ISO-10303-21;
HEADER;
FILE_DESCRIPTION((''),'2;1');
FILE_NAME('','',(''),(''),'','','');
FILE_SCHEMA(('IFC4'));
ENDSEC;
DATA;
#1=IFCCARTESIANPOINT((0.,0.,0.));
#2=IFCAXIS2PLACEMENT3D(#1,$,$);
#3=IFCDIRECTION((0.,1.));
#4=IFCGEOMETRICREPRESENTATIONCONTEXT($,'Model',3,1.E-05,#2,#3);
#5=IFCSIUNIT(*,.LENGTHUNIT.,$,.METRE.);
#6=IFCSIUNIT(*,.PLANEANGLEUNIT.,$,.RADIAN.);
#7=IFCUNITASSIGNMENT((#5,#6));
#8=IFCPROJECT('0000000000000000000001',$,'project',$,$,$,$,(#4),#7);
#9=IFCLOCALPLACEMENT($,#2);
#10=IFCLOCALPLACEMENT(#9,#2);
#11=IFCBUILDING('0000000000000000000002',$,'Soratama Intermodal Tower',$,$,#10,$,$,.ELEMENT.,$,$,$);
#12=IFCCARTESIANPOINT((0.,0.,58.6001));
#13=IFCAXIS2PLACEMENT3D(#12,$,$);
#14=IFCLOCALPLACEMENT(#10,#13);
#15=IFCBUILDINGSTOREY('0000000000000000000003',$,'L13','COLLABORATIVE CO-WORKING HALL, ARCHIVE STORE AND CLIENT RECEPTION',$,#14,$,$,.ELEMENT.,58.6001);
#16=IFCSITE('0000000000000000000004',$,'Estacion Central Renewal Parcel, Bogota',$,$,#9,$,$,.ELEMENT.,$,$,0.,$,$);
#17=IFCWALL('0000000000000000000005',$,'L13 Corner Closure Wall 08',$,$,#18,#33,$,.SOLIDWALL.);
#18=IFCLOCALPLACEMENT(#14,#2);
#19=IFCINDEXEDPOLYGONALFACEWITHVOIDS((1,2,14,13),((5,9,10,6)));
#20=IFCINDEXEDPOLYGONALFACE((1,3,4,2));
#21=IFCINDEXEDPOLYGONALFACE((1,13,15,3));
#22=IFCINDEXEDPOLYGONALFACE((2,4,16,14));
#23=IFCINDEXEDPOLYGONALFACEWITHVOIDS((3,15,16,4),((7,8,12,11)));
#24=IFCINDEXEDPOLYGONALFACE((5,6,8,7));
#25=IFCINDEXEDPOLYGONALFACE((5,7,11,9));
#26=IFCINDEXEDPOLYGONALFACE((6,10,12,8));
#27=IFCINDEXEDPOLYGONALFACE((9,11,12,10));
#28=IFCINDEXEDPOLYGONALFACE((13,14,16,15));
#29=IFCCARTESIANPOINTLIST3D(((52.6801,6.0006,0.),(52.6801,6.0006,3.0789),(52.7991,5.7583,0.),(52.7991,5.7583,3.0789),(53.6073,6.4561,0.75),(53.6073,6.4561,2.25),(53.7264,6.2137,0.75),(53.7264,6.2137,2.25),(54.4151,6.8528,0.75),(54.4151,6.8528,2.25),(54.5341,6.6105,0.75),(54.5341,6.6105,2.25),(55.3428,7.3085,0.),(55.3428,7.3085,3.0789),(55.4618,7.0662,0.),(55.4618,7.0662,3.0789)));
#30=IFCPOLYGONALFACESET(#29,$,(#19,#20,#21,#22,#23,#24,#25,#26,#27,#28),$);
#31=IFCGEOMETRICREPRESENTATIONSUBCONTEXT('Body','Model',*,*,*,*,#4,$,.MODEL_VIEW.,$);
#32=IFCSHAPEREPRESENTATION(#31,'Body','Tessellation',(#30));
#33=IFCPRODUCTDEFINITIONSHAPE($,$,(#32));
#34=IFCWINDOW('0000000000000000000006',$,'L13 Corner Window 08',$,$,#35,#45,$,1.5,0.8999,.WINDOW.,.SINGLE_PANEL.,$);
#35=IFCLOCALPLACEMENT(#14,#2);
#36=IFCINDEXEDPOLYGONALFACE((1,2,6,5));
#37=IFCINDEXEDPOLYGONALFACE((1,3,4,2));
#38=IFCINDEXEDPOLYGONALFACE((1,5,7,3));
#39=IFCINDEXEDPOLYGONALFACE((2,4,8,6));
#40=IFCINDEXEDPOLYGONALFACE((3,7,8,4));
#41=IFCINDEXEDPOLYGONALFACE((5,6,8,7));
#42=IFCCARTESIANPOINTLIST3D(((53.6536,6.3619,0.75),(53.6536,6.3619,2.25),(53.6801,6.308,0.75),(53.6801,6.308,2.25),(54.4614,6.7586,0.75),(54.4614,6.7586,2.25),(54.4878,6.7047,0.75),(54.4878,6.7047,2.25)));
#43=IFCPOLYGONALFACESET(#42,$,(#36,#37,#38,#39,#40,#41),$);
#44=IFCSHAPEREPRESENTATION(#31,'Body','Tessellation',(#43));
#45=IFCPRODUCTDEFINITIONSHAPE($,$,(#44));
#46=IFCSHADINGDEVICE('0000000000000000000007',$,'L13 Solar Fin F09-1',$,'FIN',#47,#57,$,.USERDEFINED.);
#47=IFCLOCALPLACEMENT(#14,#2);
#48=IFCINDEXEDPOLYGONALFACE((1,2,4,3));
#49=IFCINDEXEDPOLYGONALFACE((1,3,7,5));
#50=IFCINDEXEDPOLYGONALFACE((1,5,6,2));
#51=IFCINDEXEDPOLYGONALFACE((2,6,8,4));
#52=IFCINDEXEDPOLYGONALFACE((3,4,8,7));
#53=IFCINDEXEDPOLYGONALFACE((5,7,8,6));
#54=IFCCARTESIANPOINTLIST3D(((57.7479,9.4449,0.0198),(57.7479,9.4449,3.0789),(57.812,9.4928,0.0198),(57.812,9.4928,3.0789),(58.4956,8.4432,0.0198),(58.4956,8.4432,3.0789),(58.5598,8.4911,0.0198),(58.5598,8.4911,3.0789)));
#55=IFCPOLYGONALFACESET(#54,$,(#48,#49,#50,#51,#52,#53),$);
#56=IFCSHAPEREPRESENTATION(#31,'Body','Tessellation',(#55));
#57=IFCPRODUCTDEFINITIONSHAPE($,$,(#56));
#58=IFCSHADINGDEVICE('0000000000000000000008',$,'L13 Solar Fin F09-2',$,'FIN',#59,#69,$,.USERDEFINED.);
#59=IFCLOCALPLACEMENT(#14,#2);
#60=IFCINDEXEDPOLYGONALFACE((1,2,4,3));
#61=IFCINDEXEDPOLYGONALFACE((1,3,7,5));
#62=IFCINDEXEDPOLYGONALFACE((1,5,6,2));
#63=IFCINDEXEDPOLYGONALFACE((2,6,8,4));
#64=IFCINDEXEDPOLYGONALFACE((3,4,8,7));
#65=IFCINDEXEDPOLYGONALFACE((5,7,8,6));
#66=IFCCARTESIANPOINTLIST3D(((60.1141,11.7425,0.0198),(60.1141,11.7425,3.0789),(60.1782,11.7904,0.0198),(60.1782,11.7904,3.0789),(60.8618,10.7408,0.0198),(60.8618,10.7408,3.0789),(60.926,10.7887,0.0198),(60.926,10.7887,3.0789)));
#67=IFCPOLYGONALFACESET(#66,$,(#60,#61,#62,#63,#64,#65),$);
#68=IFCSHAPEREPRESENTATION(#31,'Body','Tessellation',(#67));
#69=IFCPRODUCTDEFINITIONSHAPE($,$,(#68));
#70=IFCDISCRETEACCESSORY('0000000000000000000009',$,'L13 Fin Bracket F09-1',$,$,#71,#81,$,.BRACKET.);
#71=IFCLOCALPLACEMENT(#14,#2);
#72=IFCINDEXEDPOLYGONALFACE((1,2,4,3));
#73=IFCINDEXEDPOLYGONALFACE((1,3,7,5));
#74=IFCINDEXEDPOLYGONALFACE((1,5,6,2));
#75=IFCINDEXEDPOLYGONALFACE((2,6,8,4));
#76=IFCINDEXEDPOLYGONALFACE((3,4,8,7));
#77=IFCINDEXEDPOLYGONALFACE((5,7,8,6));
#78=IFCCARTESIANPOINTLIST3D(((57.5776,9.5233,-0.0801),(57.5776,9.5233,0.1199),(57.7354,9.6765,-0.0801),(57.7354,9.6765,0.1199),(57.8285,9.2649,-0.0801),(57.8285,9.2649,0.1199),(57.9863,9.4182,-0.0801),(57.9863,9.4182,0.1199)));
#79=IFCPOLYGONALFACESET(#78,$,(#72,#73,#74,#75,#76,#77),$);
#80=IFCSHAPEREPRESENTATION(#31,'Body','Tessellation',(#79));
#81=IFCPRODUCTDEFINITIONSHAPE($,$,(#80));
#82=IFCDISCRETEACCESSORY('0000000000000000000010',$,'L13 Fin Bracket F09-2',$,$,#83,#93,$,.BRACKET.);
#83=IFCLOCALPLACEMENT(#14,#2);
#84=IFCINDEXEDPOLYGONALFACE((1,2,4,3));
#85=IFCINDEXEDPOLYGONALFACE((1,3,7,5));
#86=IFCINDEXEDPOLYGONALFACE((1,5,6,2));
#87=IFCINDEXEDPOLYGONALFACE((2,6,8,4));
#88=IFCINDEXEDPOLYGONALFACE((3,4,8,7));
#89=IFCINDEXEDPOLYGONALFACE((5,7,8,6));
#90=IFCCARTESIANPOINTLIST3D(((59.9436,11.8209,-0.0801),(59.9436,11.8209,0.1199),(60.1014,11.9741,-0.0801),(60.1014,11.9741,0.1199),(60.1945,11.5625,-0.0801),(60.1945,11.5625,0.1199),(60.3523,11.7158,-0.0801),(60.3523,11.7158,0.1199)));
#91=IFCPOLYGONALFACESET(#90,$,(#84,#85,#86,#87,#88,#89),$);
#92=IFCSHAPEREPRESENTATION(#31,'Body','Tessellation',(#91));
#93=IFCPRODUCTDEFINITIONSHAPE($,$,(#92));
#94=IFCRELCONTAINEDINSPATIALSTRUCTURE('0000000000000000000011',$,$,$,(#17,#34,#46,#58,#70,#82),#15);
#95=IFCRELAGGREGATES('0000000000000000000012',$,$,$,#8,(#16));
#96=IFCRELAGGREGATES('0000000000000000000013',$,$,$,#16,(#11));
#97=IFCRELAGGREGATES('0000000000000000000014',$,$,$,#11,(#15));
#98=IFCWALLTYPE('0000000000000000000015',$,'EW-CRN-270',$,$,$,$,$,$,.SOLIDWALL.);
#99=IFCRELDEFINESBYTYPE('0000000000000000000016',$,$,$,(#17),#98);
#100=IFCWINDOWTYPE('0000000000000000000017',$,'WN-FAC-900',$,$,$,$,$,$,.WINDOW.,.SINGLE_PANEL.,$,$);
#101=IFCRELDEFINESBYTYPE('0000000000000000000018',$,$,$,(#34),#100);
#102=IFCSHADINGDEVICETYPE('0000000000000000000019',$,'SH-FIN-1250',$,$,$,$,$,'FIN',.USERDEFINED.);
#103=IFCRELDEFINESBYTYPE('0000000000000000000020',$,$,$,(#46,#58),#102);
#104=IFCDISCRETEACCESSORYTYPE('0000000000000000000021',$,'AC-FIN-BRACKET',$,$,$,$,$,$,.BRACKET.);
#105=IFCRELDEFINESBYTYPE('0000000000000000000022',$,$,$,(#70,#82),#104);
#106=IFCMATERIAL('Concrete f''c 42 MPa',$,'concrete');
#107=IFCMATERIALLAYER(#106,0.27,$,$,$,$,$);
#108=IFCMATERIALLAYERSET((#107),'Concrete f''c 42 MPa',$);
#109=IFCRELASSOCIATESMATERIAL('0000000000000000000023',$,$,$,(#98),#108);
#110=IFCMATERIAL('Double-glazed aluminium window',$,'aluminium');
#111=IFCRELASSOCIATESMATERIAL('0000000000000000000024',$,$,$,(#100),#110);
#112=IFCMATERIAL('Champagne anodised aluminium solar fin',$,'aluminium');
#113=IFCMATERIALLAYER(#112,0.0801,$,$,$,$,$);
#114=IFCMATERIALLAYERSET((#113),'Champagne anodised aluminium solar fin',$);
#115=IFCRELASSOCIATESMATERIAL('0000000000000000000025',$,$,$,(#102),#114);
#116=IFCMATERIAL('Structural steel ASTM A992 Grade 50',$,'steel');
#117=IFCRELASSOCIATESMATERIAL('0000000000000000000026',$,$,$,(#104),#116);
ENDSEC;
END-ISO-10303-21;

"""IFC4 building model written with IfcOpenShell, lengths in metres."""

from ifc_helpers import new_model, si_unit, direction, frame, frame_2d, origin, origin_2d, place, context, subcontext, project, spatial, rectangle, extrude, material, layer, layer_set, type_object, element, fill, save


model = new_model("IFC4")

# Units and contexts
model_context = context("Model", 3, precision=1e-05, world=origin(), true_north=direction((0.0, 1.0)))
body_context = subcontext(model_context, "Body", "Model", "MODEL_VIEW")
ifc_project = project(units=[si_unit("LENGTHUNIT", "METRE"), si_unit("PLANEANGLEUNIT", "RADIAN")], contexts=[model_context])

# Site, building, storey
site_placement = place(None, origin())
site = spatial("IfcSite", under=ifc_project, at=site_placement, Name="Estacion Central Renewal Parcel, Bogota", CompositionType="ELEMENT", RefElevation=0.0)
building_placement = place(site_placement, origin())
building = spatial("IfcBuilding", under=site, at=building_placement, Name="Soratama Intermodal Tower", CompositionType="ELEMENT")
storey_placement = place(building_placement, frame((0.0, 0.0, 58.6001)))
storey = spatial("IfcBuildingStorey", under=building, at=storey_placement, Name="L13", Description="COLLABORATIVE CO-WORKING HALL, ARCHIVE STORE AND CLIENT RECEPTION", CompositionType="ELEMENT", Elevation=58.6001)

# Wall, opening, window
ifc_material_1 = material(Name="Concrete f'c 42 MPa", Category="concrete")
ifc_layer_1 = layer(ifc_material_1, 0.27)
ifc_layer_set_1 = layer_set([ifc_layer_1], Name="Concrete f'c 42 MPa")
wall_type = type_object("IfcWallType", Name="EW-CRN-270", PredefinedType="SOLIDWALL", material=ifc_layer_set_1)
wall_placement = place(storey_placement, frame((52.7395, 5.8794, 0.0), z_axis=(0.0, 0.0, 1.0), x_axis=(0.897565, 0.440882, 0.0)))
wall = element("IfcWall", 1, at=wall_placement, inside=storey, type_object=wall_type, Name="L13 Corner Closure Wall 08", PredefinedType="SOLIDWALL", context=body_context, shape_type="SweptSolid", body=[
    extrude(rectangle(XDim=2.9666, YDim=0.27, at=frame_2d((1.4834, 0.0))), origin(), (0.0, 0.0, 1.0), 3.0789),
])
opening_placement = place(wall_placement, frame((1.0332, 0.0, 0.75)))
opening = element("IfcOpeningElement", 2, at=opening_placement, cuts=wall, PredefinedType="OPENING", context=body_context, shape_type="SweptSolid", body=[
    extrude(rectangle(XDim=0.8999, YDim=1.5, at=frame_2d((0.45, 0.75))), frame((0.0, 0.145, 0.0), z_axis=(0.0, -1.0, 0.0), x_axis=(1.0, 0.0, 0.0)), (0.0, 0.0, 1.0), 0.29),
])
ifc_material_2 = material(Name="Double-glazed aluminium window", Category="aluminium")
window_type = type_object("IfcWindowType", Name="WN-FAC-900", PartitioningType="SINGLE_PANEL", PredefinedType="WINDOW", material=ifc_material_2)
window_placement = place(opening_placement, origin())
window = element("IfcWindow", 3, at=window_placement, inside=storey, type_object=window_type, Name="L13 Corner Window 08", OverallHeight=1.5, OverallWidth=0.8999, PartitioningType="SINGLE_PANEL", PredefinedType="WINDOW", context=body_context, shape_type="SweptSolid", body=[
    extrude(rectangle(XDim=0.8999, YDim=1.5, at=frame_2d((0.45, 0.75))), frame((0.0, 0.03, 0.0), z_axis=(0.0, -1.0, 0.0), x_axis=(1.0, 0.0, 0.0)), (0.0, 0.0, 1.0), 0.0601),
])
fill(opening, window)

# Shading devices
ifc_material_3 = material(Name="Champagne anodised aluminium solar fin", Category="aluminium")
ifc_layer_2 = layer(ifc_material_3, 0.0801)
ifc_layer_set_2 = layer_set([ifc_layer_2], Name="Champagne anodised aluminium solar fin")
shading_device_type = type_object("IfcShadingDeviceType", Name="SH-FIN-1250", ElementType="FIN", PredefinedType="USERDEFINED", material=ifc_layer_set_2)
for number, where, z_axis, x_axis, name in (
    (4, (58.1538, 8.968, 0.0198), (0.0, 0.0, 1.0), (0.598185, -0.801358, 0.0), "L13 Solar Fin F09-1"),
    (5, (60.52, 11.2656, 0.0198), (0.0, 0.0, 1.0), (0.598185, -0.801358, 0.0), "L13 Solar Fin F09-2"),
):
    element("IfcShadingDevice", number, at=place(storey_placement, frame(where, z_axis=z_axis, x_axis=x_axis)), inside=storey, type_object=shading_device_type, Name=name, ObjectType="FIN", PredefinedType="USERDEFINED", context=body_context, shape_type="SweptSolid", body=[
        extrude(rectangle(XDim=1.25, YDim=0.0801, at=origin_2d()), origin(), (0.0, 0.0, 1.0), 3.0591),
    ])

# Discrete accessories
ifc_material_4 = material(Name="Structural steel ASTM A992 Grade 50", Category="steel")
discrete_accessory_type = type_object("IfcDiscreteAccessoryType", Name="AC-FIN-BRACKET", PredefinedType="BRACKET", material=ifc_material_4)
for number, where, z_axis, x_axis, name in (
    (6, (57.782, 9.4707, -0.0801), (0.0, 0.0, 1.0), (0.696664, -0.717397, 0.0), "L13 Fin Bracket F09-1"),
    (7, (60.1479, 11.7683, -0.0801), (0.0, 0.0, 1.0), (0.696664, -0.717397, 0.0), "L13 Fin Bracket F09-2"),
):
    element("IfcDiscreteAccessory", number, at=place(storey_placement, frame(where, z_axis=z_axis, x_axis=x_axis)), inside=storey, type_object=discrete_accessory_type, Name=name, PredefinedType="BRACKET", context=body_context, shape_type="SweptSolid", body=[
        extrude(rectangle(XDim=0.3601, YDim=0.22, at=origin_2d()), origin(), (0.0, 0.0, 1.0), 0.2),
    ])

save(model, "model.ifc")
